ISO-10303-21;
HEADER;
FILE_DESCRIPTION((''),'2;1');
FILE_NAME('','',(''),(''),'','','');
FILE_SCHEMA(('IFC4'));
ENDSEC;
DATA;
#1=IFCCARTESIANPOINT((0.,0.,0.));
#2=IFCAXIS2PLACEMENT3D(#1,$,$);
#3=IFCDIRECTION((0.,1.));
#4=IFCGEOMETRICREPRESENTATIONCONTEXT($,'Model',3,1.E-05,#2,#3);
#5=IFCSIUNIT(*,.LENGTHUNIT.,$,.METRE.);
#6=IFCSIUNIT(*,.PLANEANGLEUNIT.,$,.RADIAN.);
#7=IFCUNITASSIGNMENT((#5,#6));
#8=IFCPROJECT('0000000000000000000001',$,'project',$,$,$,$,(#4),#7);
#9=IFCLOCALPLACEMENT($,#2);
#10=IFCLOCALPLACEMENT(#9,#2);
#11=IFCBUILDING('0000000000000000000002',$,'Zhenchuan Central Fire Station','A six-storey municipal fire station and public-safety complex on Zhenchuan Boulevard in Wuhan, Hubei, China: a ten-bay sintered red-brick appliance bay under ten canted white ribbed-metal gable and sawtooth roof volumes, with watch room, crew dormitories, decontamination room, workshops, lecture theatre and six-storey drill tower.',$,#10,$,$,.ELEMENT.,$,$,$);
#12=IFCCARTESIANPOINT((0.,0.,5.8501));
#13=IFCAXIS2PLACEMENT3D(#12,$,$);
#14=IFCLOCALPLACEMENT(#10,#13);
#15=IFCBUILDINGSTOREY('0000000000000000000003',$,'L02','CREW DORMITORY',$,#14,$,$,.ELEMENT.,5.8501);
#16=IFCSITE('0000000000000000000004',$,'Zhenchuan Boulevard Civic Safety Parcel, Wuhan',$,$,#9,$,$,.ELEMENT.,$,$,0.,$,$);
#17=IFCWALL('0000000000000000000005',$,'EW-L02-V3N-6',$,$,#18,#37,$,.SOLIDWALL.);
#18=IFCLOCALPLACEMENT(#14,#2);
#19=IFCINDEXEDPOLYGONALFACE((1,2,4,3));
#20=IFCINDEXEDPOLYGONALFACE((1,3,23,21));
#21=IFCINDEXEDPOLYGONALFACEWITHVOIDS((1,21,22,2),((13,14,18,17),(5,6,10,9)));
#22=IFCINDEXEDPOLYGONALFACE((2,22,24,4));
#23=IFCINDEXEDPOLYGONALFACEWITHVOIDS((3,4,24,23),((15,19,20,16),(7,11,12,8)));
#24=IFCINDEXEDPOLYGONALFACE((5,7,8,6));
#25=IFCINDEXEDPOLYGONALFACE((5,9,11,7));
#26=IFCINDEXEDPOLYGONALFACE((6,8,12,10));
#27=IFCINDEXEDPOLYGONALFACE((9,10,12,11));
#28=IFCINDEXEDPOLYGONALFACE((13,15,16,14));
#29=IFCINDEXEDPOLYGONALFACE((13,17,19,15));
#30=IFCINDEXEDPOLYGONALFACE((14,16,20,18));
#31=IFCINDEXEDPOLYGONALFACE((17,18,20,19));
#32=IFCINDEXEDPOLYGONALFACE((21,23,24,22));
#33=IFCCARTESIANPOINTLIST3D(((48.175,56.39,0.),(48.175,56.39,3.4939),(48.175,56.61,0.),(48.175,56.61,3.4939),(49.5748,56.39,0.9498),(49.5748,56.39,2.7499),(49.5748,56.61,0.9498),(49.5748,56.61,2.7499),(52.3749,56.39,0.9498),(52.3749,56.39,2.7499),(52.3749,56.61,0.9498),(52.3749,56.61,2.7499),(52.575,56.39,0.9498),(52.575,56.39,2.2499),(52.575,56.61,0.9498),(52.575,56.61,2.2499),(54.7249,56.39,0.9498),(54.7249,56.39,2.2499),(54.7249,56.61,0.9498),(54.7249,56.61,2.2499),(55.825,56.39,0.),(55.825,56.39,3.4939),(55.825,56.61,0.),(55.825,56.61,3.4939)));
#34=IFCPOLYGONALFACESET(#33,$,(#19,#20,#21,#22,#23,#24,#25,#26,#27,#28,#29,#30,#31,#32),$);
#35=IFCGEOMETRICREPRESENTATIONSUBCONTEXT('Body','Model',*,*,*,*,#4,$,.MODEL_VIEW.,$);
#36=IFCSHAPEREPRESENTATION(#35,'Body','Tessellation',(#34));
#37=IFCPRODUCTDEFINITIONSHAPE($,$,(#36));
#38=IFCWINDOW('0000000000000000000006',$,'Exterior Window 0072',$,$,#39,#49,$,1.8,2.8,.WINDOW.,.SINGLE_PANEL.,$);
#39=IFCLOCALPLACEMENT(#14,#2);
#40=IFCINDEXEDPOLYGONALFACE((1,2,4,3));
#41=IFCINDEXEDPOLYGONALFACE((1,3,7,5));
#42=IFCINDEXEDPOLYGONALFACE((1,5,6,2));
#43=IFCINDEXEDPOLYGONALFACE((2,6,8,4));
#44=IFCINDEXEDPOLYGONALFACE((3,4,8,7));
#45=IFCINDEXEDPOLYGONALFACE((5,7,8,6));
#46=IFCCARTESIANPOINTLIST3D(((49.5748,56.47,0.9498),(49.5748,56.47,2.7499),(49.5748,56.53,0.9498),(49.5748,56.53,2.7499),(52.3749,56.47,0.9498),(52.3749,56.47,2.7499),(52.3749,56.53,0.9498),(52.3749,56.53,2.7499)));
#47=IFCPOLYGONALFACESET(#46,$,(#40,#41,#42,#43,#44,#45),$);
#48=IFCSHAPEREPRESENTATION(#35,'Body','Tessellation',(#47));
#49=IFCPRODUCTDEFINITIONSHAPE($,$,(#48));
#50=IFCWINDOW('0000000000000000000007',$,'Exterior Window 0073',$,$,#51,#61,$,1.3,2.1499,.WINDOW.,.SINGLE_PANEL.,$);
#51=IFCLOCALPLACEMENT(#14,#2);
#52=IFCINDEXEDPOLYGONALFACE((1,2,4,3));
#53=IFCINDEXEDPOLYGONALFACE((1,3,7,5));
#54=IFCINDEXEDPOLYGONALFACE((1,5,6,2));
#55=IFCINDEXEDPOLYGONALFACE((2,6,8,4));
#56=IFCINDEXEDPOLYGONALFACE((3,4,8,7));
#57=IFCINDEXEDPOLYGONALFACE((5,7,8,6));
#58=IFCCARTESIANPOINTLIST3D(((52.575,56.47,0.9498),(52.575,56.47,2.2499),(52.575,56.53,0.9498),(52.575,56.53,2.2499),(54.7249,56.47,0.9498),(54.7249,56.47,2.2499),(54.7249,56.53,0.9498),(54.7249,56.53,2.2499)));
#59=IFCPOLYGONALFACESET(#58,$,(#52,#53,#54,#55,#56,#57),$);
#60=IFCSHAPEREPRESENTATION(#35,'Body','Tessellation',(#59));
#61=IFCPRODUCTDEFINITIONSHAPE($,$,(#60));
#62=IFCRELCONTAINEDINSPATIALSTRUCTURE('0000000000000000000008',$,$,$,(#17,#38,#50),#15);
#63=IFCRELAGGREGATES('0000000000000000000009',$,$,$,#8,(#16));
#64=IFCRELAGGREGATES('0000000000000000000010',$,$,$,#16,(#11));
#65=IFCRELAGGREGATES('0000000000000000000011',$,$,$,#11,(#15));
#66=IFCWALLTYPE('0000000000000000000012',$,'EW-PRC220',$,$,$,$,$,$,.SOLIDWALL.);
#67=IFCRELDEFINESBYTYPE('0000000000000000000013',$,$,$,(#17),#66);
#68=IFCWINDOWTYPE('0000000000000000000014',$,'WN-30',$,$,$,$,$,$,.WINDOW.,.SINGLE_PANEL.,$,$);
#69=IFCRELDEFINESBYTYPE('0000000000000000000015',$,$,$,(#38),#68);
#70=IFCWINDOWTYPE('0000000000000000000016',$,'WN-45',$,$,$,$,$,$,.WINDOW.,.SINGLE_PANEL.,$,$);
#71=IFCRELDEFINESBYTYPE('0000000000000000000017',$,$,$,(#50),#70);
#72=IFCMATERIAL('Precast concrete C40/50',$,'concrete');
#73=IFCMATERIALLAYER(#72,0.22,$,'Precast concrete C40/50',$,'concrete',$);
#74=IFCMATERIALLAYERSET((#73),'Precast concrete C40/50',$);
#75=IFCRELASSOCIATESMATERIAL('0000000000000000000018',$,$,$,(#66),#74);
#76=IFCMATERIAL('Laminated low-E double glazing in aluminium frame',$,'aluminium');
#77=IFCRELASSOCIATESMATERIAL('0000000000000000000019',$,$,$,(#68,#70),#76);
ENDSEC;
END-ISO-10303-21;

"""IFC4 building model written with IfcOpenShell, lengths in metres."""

from ifc_helpers import new_model, si_unit, direction, frame, frame_2d, origin, place, context, subcontext, project, spatial, rectangle, extrude, material, layer, layer_set, type_object, element, fill, save


model = new_model("IFC4")

# Units and contexts
model_context = context("Model", 3, precision=1e-05, world=origin(), true_north=direction((0.0, 1.0)))
body_context = subcontext(model_context, "Body", "Model", "MODEL_VIEW")
ifc_project = project(units=[si_unit("LENGTHUNIT", "METRE"), si_unit("PLANEANGLEUNIT", "RADIAN")], contexts=[model_context])

# Site, building, storey
site_placement = place(None, origin())
site = spatial("IfcSite", under=ifc_project, at=site_placement, Name="Zhenchuan Boulevard Civic Safety Parcel, Wuhan", CompositionType="ELEMENT", RefElevation=0.0)
building_placement = place(site_placement, origin())
building = spatial("IfcBuilding", under=site, at=building_placement, Name="Zhenchuan Central Fire Station", Description="A six-storey municipal fire station and public-safety complex on Zhenchuan Boulevard in Wuhan, Hubei, China: a ten-bay sintered red-brick appliance bay under ten canted white ribbed-metal gable and sawtooth roof volumes, with watch room, crew dormitories, decontamination room, workshops, lecture theatre and six-storey drill tower.", CompositionType="ELEMENT")
storey_placement = place(building_placement, frame((0.0, 0.0, 5.8501)))
storey = spatial("IfcBuildingStorey", under=building, at=storey_placement, Name="L02", Description="CREW DORMITORY", CompositionType="ELEMENT", Elevation=5.8501)

# Wall, openings, windows
ifc_material_1 = material(Name="Precast concrete C40/50", Category="concrete")
ifc_layer_1 = layer(ifc_material_1, 0.22, Name="Precast concrete C40/50", Category="concrete")
ifc_layer_set_1 = layer_set([ifc_layer_1], Name="Precast concrete C40/50")
wall_type = type_object("IfcWallType", Name="EW-PRC220", PredefinedType="SOLIDWALL", material=ifc_layer_set_1)
wall_placement = place(storey_placement, frame((48.175, 56.5, 0.0), z_axis=(0.0, 0.0, 1.0), x_axis=(1.0, 0.0, 0.0)))
wall = element("IfcWall", 1, at=wall_placement, inside=storey, type_object=wall_type, Name="EW-L02-V3N-6", PredefinedType="SOLIDWALL", context=body_context, shape_type="SweptSolid", body=[
    extrude(rectangle(XDim=7.6499, YDim=0.22, at=frame_2d((3.825, 0.0))), origin(), (0.0, 0.0, 1.0), 3.4939),
])
opening_1_placement = place(wall_placement, frame((1.3999, 0.0, 0.95)))
opening_1 = element("IfcOpeningElement", 2, at=opening_1_placement, cuts=wall, PredefinedType="OPENING", context=body_context, shape_type="SweptSolid", body=[
    extrude(rectangle(XDim=2.8, YDim=1.8, at=frame_2d((1.3999, 0.8999))), frame((0.0, 0.1199, 0.0), z_axis=(0.0, -1.0, 0.0), x_axis=(1.0, 0.0, 0.0)), (0.0, 0.0, 1.0), 0.24),
])
opening_2_placement = place(wall_placement, frame((4.3999, 0.0, 0.95)))
opening_2 = element("IfcOpeningElement", 3, at=opening_2_placement, cuts=wall, PredefinedType="OPENING", context=body_context, shape_type="SweptSolid", body=[
    extrude(rectangle(XDim=2.1499, YDim=1.3, at=frame_2d((1.075, 0.6499))), frame((0.0, 0.1199, 0.0), z_axis=(0.0, -1.0, 0.0), x_axis=(1.0, 0.0, 0.0)), (0.0, 0.0, 1.0), 0.24),
])
ifc_material_2 = material(Name="Laminated low-E double glazing in aluminium frame", Category="aluminium")
window_type_1 = type_object("IfcWindowType", Name="WN-30", PartitioningType="SINGLE_PANEL", PredefinedType="WINDOW", material=ifc_material_2)
window_1_placement = place(opening_1_placement, origin())
window_1 = element("IfcWindow", 4, at=window_1_placement, inside=storey, type_object=window_type_1, Name="Exterior Window 0072", OverallHeight=1.8, OverallWidth=2.8, PartitioningType="SINGLE_PANEL", PredefinedType="WINDOW", context=body_context, shape_type="SweptSolid", body=[
    extrude(rectangle(XDim=2.8, YDim=1.8, at=frame_2d((1.3999, 0.8999))), frame((0.0, 0.03, 0.0), z_axis=(0.0, -1.0, 0.0), x_axis=(1.0, 0.0, 0.0)), (0.0, 0.0, 1.0), 0.0601),
])
fill(opening_1, window_1)
window_type_2 = type_object("IfcWindowType", Name="WN-45", PartitioningType="SINGLE_PANEL", PredefinedType="WINDOW", material=ifc_material_2)
window_2_placement = place(opening_2_placement, origin())
window_2 = element("IfcWindow", 5, at=window_2_placement, inside=storey, type_object=window_type_2, Name="Exterior Window 0073", OverallHeight=1.3, OverallWidth=2.1499, PartitioningType="SINGLE_PANEL", PredefinedType="WINDOW", context=body_context, shape_type="SweptSolid", body=[
    extrude(rectangle(XDim=2.1499, YDim=1.3, at=frame_2d((1.075, 0.6499))), frame((0.0, 0.03, 0.0), z_axis=(0.0, -1.0, 0.0), x_axis=(1.0, 0.0, 0.0)), (0.0, 0.0, 1.0), 0.0601),
])
fill(opening_2, window_2)

save(model, "model.ifc")
